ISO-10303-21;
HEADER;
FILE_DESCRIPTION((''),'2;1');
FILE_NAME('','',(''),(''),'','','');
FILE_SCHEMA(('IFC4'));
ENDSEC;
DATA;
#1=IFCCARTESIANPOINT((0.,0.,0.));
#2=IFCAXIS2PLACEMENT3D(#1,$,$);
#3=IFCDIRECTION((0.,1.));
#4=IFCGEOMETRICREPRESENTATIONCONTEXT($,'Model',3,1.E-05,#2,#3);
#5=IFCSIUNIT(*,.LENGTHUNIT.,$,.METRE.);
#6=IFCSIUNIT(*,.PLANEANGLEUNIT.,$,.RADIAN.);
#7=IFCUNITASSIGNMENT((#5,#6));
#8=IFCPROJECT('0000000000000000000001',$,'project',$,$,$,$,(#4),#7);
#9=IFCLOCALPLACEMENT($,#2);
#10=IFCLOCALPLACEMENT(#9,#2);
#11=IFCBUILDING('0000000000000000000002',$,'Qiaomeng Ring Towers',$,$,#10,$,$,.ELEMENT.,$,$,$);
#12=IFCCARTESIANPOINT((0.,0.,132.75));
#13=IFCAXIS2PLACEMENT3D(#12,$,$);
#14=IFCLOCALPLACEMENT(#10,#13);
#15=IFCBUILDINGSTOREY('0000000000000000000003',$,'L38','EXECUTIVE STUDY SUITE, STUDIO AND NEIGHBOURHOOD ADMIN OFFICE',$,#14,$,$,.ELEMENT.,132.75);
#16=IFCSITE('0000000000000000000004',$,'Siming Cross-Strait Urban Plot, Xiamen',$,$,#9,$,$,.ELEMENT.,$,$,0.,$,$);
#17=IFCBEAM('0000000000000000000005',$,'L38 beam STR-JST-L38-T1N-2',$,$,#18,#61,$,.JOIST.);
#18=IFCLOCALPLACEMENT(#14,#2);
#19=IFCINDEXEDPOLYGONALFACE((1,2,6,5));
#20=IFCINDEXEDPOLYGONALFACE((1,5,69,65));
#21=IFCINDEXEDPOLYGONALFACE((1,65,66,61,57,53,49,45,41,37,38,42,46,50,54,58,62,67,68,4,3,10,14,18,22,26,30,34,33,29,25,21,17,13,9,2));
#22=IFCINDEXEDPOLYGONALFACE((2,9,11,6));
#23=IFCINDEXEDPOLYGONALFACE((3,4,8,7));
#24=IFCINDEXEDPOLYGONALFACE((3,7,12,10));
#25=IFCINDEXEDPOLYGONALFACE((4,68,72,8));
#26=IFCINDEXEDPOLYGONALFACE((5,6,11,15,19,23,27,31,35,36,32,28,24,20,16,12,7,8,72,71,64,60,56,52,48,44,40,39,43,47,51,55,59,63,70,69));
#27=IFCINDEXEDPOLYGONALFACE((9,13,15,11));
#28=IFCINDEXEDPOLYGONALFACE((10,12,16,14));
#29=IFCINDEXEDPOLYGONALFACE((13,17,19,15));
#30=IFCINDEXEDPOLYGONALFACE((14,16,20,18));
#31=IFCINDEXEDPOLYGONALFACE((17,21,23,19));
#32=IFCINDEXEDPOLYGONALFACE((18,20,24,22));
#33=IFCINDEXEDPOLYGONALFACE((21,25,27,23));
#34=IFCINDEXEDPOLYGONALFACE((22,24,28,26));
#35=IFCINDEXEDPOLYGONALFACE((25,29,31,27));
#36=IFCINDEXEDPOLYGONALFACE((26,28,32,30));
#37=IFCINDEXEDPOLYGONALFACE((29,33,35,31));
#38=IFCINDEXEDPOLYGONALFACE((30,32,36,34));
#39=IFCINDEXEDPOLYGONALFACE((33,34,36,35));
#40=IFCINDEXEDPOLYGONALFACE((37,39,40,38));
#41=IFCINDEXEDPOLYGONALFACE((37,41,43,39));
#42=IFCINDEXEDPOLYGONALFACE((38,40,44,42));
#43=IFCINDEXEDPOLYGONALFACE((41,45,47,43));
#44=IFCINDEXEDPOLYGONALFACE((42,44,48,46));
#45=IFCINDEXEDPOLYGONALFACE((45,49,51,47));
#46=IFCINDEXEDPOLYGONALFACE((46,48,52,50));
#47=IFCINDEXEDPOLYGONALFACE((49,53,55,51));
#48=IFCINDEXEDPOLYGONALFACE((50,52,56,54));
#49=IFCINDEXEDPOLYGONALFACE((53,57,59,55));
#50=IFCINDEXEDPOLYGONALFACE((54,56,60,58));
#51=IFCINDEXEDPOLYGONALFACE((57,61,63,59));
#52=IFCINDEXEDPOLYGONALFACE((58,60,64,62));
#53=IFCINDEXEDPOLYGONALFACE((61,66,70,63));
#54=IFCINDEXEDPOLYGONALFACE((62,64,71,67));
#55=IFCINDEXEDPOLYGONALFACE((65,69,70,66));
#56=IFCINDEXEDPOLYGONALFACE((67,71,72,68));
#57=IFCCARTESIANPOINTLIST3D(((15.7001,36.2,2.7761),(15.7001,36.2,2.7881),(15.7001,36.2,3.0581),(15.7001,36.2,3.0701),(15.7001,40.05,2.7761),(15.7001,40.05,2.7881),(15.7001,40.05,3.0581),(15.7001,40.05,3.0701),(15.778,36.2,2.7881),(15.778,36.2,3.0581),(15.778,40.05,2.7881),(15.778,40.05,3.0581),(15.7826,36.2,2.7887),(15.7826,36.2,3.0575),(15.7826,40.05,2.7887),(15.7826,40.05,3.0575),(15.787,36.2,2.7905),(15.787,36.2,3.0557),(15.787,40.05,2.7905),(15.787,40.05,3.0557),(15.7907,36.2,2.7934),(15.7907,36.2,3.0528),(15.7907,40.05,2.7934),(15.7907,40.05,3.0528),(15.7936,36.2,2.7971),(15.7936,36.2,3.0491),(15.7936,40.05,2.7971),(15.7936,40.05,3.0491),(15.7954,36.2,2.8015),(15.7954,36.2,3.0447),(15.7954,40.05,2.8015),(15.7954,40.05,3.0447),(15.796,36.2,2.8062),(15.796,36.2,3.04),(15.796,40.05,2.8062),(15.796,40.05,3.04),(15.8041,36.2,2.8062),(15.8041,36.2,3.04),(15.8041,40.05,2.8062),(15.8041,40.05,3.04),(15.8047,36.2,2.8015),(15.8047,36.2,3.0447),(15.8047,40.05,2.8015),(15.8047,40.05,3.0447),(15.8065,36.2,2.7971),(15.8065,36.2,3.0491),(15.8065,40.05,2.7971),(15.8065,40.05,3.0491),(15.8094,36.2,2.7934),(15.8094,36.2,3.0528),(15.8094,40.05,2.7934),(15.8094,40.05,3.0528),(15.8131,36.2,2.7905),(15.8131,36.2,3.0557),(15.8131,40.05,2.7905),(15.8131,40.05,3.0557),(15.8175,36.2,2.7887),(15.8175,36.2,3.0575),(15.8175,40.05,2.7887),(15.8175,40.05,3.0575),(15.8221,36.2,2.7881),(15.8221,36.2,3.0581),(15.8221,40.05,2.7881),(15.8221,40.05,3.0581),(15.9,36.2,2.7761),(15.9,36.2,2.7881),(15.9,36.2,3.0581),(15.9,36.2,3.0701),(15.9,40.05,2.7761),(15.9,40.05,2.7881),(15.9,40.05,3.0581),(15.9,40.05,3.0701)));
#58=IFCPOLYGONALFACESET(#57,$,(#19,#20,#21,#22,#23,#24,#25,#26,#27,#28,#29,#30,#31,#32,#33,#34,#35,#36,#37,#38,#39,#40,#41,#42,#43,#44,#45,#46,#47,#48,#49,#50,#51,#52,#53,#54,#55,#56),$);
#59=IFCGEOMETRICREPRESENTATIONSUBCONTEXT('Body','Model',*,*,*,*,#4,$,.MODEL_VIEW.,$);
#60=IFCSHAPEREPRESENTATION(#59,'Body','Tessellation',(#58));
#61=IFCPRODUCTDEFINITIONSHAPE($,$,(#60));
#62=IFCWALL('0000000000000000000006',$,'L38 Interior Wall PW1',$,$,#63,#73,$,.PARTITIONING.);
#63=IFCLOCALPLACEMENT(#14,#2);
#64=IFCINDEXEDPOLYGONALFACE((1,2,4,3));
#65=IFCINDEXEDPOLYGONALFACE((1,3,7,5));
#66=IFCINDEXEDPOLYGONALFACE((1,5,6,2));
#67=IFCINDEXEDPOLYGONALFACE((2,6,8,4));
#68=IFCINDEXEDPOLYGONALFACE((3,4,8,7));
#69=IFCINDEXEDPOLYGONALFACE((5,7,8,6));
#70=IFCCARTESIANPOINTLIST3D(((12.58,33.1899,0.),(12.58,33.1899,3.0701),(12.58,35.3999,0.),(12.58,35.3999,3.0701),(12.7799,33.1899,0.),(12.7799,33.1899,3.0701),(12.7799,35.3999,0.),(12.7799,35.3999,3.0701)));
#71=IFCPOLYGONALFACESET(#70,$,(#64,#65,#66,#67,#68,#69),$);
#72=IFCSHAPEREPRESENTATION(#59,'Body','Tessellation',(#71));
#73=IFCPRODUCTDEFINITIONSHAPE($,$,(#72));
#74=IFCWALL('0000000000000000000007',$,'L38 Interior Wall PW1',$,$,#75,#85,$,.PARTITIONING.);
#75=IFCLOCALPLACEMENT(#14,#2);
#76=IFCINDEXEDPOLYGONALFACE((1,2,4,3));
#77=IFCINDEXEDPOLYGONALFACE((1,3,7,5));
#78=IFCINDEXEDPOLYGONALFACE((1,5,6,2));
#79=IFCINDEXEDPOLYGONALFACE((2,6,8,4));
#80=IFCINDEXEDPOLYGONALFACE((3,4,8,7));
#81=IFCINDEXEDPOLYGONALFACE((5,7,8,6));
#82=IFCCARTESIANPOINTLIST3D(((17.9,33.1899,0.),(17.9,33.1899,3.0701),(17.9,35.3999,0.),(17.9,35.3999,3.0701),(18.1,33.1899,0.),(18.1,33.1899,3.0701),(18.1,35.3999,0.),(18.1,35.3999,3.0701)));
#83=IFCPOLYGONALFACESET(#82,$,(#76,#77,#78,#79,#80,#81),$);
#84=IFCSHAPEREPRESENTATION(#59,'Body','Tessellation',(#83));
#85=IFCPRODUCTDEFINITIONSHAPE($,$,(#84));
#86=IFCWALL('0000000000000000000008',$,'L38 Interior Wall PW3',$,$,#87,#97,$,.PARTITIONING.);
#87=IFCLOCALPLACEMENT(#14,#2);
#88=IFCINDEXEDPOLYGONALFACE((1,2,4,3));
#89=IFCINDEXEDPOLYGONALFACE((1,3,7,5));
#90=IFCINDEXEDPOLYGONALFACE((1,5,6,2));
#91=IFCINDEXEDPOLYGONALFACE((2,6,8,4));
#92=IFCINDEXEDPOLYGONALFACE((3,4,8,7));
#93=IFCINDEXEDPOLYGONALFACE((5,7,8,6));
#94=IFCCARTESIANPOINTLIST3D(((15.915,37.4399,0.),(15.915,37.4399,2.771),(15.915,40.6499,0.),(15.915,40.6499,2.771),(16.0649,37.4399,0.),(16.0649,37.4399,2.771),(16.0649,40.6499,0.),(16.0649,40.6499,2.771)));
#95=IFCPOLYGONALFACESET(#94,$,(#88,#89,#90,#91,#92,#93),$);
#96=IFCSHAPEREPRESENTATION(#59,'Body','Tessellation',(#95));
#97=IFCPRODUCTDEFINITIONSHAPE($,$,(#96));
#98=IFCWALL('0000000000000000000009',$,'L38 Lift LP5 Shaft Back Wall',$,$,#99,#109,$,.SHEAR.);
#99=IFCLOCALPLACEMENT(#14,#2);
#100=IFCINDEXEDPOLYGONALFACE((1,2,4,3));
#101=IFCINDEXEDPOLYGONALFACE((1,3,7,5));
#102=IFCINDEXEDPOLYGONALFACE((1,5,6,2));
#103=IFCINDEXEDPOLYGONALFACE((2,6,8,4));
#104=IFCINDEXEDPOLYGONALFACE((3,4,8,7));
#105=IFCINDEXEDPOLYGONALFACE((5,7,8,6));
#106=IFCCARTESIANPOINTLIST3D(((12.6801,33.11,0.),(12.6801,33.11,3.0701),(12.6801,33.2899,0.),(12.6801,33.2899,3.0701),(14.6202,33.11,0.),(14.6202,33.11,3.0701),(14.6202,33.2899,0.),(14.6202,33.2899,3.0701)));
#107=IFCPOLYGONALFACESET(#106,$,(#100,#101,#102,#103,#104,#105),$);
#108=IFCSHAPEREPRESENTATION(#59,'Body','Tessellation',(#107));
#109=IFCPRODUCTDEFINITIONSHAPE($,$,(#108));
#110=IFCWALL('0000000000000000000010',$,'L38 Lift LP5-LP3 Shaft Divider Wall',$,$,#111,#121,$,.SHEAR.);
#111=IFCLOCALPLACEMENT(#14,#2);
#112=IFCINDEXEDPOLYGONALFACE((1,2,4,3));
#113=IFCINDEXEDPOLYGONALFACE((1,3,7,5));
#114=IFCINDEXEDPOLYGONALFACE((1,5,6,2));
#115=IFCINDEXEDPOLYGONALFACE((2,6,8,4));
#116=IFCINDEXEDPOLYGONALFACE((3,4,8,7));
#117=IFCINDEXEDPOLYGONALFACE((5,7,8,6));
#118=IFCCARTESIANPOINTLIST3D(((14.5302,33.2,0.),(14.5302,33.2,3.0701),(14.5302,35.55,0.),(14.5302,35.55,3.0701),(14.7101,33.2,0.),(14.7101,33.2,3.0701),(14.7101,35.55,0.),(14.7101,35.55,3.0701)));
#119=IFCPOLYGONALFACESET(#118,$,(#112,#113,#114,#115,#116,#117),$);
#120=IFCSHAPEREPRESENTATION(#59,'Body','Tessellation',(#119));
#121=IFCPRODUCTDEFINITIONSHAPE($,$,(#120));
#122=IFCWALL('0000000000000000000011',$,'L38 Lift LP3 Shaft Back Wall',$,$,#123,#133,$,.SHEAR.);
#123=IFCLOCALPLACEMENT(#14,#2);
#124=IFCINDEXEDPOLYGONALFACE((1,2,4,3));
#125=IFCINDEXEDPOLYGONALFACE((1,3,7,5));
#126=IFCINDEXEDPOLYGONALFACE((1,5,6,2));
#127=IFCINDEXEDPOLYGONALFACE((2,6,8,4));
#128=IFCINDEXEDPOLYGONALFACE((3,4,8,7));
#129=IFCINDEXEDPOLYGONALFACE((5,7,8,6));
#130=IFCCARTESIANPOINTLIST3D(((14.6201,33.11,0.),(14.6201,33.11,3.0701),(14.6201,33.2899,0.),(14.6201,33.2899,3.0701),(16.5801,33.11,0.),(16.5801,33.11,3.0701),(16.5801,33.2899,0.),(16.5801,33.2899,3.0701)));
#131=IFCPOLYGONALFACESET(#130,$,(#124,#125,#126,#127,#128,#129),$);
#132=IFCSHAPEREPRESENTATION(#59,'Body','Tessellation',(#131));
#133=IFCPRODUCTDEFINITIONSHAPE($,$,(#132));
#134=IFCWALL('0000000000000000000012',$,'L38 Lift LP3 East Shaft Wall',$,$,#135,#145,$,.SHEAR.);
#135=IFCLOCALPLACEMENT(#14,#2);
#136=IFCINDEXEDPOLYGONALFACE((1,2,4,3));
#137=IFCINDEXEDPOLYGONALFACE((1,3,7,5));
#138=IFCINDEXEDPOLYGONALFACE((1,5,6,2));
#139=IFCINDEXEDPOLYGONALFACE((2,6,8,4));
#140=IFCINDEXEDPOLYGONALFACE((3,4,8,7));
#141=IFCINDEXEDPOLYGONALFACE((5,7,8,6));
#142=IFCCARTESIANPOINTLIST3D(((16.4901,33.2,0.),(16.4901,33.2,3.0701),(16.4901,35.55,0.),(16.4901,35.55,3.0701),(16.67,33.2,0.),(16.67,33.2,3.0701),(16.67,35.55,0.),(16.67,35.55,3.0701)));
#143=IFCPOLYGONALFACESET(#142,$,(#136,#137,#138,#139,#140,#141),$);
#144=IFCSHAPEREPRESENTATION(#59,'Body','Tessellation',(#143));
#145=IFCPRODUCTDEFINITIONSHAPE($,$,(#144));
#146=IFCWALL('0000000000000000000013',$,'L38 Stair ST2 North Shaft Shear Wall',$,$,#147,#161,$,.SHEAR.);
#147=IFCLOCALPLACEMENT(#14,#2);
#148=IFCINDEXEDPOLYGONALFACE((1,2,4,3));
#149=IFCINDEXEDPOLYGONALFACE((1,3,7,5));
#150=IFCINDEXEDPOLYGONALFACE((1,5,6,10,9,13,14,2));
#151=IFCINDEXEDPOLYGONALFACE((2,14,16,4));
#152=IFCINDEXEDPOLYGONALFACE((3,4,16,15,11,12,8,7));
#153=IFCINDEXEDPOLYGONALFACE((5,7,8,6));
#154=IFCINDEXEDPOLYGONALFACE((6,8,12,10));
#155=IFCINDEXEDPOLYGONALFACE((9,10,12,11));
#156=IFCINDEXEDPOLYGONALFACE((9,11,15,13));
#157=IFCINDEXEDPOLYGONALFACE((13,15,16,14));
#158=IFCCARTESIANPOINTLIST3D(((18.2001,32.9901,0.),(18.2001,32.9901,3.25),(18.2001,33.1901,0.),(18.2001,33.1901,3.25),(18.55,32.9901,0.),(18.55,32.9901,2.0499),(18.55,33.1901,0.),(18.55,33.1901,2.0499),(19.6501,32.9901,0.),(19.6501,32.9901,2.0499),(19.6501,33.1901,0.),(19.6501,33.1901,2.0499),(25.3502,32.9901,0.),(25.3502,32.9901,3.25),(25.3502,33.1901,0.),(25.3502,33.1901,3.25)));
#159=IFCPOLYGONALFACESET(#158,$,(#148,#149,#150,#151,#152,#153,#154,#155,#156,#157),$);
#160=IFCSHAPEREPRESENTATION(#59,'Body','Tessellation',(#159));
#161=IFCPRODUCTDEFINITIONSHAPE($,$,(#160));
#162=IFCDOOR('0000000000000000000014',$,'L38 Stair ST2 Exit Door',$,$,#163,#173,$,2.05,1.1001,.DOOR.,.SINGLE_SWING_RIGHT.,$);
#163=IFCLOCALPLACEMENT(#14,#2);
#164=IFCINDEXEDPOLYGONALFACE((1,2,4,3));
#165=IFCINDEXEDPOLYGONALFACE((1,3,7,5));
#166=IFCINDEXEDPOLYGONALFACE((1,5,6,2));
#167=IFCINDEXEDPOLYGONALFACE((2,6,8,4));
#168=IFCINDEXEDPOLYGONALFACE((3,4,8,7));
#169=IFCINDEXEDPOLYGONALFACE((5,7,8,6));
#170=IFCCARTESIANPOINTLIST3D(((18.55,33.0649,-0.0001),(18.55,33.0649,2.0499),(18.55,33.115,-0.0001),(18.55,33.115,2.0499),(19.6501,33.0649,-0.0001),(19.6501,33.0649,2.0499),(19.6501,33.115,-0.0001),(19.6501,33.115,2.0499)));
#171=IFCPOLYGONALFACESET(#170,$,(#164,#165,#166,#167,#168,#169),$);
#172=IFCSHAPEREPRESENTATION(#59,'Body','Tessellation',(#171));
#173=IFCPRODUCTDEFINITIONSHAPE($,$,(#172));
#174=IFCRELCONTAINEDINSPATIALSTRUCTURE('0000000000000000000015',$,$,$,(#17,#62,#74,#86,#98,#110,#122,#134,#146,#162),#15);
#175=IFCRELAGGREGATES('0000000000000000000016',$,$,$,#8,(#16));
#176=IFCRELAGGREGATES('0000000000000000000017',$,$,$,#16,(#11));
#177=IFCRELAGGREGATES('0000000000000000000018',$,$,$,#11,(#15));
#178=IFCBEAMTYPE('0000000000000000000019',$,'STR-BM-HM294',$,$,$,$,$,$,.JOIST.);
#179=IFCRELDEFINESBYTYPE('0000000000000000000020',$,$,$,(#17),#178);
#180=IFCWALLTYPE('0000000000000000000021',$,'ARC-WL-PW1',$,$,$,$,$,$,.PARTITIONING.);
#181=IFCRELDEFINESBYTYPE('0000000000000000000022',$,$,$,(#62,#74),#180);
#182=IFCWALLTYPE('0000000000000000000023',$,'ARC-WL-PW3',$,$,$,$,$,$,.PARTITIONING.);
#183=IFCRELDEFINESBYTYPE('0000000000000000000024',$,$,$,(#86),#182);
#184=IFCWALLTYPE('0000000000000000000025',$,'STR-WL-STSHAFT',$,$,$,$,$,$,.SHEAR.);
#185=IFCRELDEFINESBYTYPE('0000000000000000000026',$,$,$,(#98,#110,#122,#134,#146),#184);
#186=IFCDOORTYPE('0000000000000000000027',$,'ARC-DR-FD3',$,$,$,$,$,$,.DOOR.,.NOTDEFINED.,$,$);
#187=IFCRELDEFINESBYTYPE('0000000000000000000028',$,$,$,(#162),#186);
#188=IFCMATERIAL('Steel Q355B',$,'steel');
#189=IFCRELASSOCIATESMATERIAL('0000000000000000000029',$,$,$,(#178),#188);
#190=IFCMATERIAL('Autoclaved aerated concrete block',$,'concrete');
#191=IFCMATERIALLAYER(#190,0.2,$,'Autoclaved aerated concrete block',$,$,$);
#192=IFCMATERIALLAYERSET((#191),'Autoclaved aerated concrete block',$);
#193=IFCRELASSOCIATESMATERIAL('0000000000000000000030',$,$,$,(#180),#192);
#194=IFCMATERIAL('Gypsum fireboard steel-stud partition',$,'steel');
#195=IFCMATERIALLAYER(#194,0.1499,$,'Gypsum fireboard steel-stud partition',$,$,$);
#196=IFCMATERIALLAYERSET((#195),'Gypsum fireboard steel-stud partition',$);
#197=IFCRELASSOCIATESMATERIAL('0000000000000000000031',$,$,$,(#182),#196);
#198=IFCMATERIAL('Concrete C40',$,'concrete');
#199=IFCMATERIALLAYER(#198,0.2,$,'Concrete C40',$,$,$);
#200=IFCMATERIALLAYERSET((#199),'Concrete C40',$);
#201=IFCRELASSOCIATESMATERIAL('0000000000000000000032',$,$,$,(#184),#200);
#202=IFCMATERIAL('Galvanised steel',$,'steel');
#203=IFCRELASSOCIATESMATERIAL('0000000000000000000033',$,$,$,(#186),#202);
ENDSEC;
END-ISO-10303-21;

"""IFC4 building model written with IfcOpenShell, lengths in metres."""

from ifc_helpers import new_model, si_unit, direction, frame, frame_2d, origin, origin_2d, place, context, subcontext, project, spatial, rectangle, i_section, extrude, source, transform, mapped, material, layer, layer_set, material_profile, profile_set, type_object, element, fill, save


model = new_model("IFC4")

# Units and contexts
model_context = context("Model", 3, precision=1e-05, world=origin(), true_north=direction((0.0, 1.0)))
body_context = subcontext(model_context, "Body", "Model", "MODEL_VIEW")
ifc_project = project(units=[si_unit("LENGTHUNIT", "METRE"), si_unit("PLANEANGLEUNIT", "RADIAN")], contexts=[model_context])

# Site, building, storey
site_placement = place(None, origin())
site = spatial("IfcSite", under=ifc_project, at=site_placement, Name="Siming Cross-Strait Urban Plot, Xiamen", CompositionType="ELEMENT", RefElevation=0.0)
building_placement = place(site_placement, origin())
building = spatial("IfcBuilding", under=site, at=building_placement, Name="Qiaomeng Ring Towers", CompositionType="ELEMENT")
storey_placement = place(building_placement, frame((0.0, 0.0, 132.75)))
storey = spatial("IfcBuildingStorey", under=building, at=storey_placement, Name="L38", Description="EXECUTIVE STUDY SUITE, STUDIO AND NEIGHBOURHOOD ADMIN OFFICE", CompositionType="ELEMENT", Elevation=132.75)

# Beam
ifc_material_1 = material(Name="Steel Q355B", Category="steel")
ifc_material_profile = material_profile(ifc_material_1, i_section(OverallWidth=0.2, OverallDepth=0.2939, WebThickness=0.0081, FlangeThickness=0.012, FilletRadius=0.0181, at=origin_2d()), Name="HM 294x200x8x12")
ifc_profile_set = profile_set([ifc_material_profile], Name="Steel Q355B")
beam_type = type_object("IfcBeamType", Name="STR-BM-HM294", PredefinedType="JOIST", material=ifc_profile_set)
shared_shape_1 = source(origin(), body_context, "Body", "SweptSolid", [
    extrude(i_section(OverallWidth=0.2, OverallDepth=0.2939, WebThickness=0.0081, FlangeThickness=0.012, FilletRadius=0.0181, at=origin_2d()), origin(), (0.0, 0.0, 1.0), 3.8501),
])
beam_placement = place(storey_placement, frame((15.8, 36.2, 2.9231), z_axis=(0.0, 1.0, 0.0), x_axis=(-1.0, 0.0, 0.0)))
element("IfcBeam", 1, at=beam_placement, inside=storey, type_object=beam_type, Name="L38 beam STR-JST-L38-T1N-2", PredefinedType="JOIST", context=body_context, shape_type="MappedRepresentation", body=[
    mapped(shared_shape_1, transform((0.0, 0.0, 0.0), x_axis=(1.0, 0.0, 0.0), y_axis=(0.0, 1.0, 0.0), z_axis=(0.0, 0.0, 1.0), scale=1.0)),
])

# Walls
ifc_material_2 = material(Name="Autoclaved aerated concrete block", Category="concrete")
ifc_layer_1 = layer(ifc_material_2, 0.2, Name="Autoclaved aerated concrete block")
ifc_layer_set_1 = layer_set([ifc_layer_1], Name="Autoclaved aerated concrete block")
wall_type_1 = type_object("IfcWallType", Name="ARC-WL-PW1", PredefinedType="PARTITIONING", material=ifc_layer_set_1)
for number, where, z_axis, x_axis, name in (
    (2, (12.6799, 33.1899, 0.0), (0.0, 0.0, 1.0), (0.0, 1.0, 0.0), "L38 Interior Wall PW1"),
    (3, (18.0, 33.1899, 0.0), (0.0, 0.0, 1.0), (0.0, 1.0, 0.0), "L38 Interior Wall PW1"),
):
    element("IfcWall", number, at=place(storey_placement, frame(where, z_axis=z_axis, x_axis=x_axis)), inside=storey, type_object=wall_type_1, Name=name, PredefinedType="PARTITIONING", context=body_context, shape_type="SweptSolid", body=[
        extrude(rectangle(XDim=2.21, YDim=0.2, at=frame_2d((1.105, 0.0))), origin(), (0.0, 0.0, 1.0), 3.0701),
    ])
ifc_material_3 = material(Name="Gypsum fireboard steel-stud partition", Category="steel")
ifc_layer_2 = layer(ifc_material_3, 0.1499, Name="Gypsum fireboard steel-stud partition")
ifc_layer_set_2 = layer_set([ifc_layer_2], Name="Gypsum fireboard steel-stud partition")
wall_type_2 = type_object("IfcWallType", Name="ARC-WL-PW3", PredefinedType="PARTITIONING", material=ifc_layer_set_2)
wall_1_placement = place(storey_placement, frame((15.99, 37.4399, 0.0), z_axis=(0.0, 0.0, 1.0), x_axis=(0.0, 1.0, 0.0)))
element("IfcWall", 4, at=wall_1_placement, inside=storey, type_object=wall_type_2, Name="L38 Interior Wall PW3", PredefinedType="PARTITIONING", context=body_context, shape_type="SweptSolid", body=[
    extrude(rectangle(XDim=3.21, YDim=0.1499, at=frame_2d((1.605, 0.0))), origin(), (0.0, 0.0, 1.0), 2.771),
])
ifc_material_4 = material(Name="Concrete C40", Category="concrete")
ifc_layer_3 = layer(ifc_material_4, 0.2, Name="Concrete C40")
ifc_layer_set_3 = layer_set([ifc_layer_3], Name="Concrete C40")
wall_type_3 = type_object("IfcWallType", Name="STR-WL-STSHAFT", PredefinedType="SHEAR", material=ifc_layer_set_3)
wall_2_placement = place(storey_placement, frame((12.6799, 33.2, 0.0), z_axis=(0.0, 0.0, 1.0), x_axis=(1.0, 0.0, 0.0)))
element("IfcWall", 5, at=wall_2_placement, inside=storey, type_object=wall_type_3, Name="L38 Lift LP5 Shaft Back Wall", PredefinedType="SHEAR", context=body_context, shape_type="SweptSolid", body=[
    extrude(rectangle(XDim=1.9402, YDim=0.1799, at=frame_2d((0.9702, 0.0))), origin(), (0.0, 0.0, 1.0), 3.0701),
])
wall_3_placement = place(storey_placement, frame((14.6201, 33.2, 0.0), z_axis=(0.0, 0.0, 1.0), x_axis=(0.0, 1.0, 0.0)))
element("IfcWall", 6, at=wall_3_placement, inside=storey, type_object=wall_type_3, Name="L38 Lift LP5-LP3 Shaft Divider Wall", PredefinedType="SHEAR", context=body_context, shape_type="SweptSolid", body=[
    extrude(rectangle(XDim=2.3501, YDim=0.1799, at=frame_2d((1.175, 0.0))), origin(), (0.0, 0.0, 1.0), 3.0701),
])
wall_4_placement = place(storey_placement, frame((14.6201, 33.2, 0.0), z_axis=(0.0, 0.0, 1.0), x_axis=(1.0, 0.0, 0.0)))
element("IfcWall", 7, at=wall_4_placement, inside=storey, type_object=wall_type_3, Name="L38 Lift LP3 Shaft Back Wall", PredefinedType="SHEAR", context=body_context, shape_type="SweptSolid", body=[
    extrude(rectangle(XDim=1.96, YDim=0.1799, at=frame_2d((0.98, 0.0))), origin(), (0.0, 0.0, 1.0), 3.0701),
])
wall_5_placement = place(storey_placement, frame((16.5801, 33.2, 0.0), z_axis=(0.0, 0.0, 1.0), x_axis=(0.0, 1.0, 0.0)))
element("IfcWall", 8, at=wall_5_placement, inside=storey, type_object=wall_type_3, Name="L38 Lift LP3 East Shaft Wall", PredefinedType="SHEAR", context=body_context, shape_type="SweptSolid", body=[
    extrude(rectangle(XDim=2.3501, YDim=0.1799, at=frame_2d((1.175, 0.0))), origin(), (0.0, 0.0, 1.0), 3.0701),
])

# Wall, opening, door
wall_6_placement = place(storey_placement, frame((18.2, 33.0901, 0.0), z_axis=(0.0, 0.0, 1.0), x_axis=(1.0, 0.0, 0.0)))
wall_6 = element("IfcWall", 9, at=wall_6_placement, inside=storey, type_object=wall_type_3, Name="L38 Stair ST2 North Shaft Shear Wall", PredefinedType="SHEAR", context=body_context, shape_type="SweptSolid", body=[
    extrude(rectangle(XDim=7.1501, YDim=0.2, at=frame_2d((3.5752, 0.0))), origin(), (0.0, 0.0, 1.0), 3.25),
])
opening_placement = place(wall_6_placement, frame((0.3501, 0.0, 0.0)))
opening = element("IfcOpeningElement", 10, at=opening_placement, cuts=wall_6, PredefinedType="OPENING", context=body_context, shape_type="SweptSolid", body=[
    extrude(rectangle(XDim=1.1001, YDim=2.05, at=frame_2d((0.55, 1.0249))), frame((0.0, 0.1099, 0.0), z_axis=(0.0, -1.0, 0.0), x_axis=(1.0, 0.0, 0.0)), (0.0, 0.0, 1.0), 0.22),
])
ifc_material_5 = material(Name="Galvanised steel", Category="steel")
door_type = type_object("IfcDoorType", Name="ARC-DR-FD3", OperationType="NOTDEFINED", PredefinedType="DOOR", material=ifc_material_5)
shared_shape_2 = source(origin(), body_context, "Body", "SweptSolid", [
    extrude(rectangle(XDim=1.1001, YDim=2.05, at=frame_2d((0.55, 1.0249))), frame((0.0, 0.0249, 0.0), z_axis=(0.0, -1.0, 0.0), x_axis=(1.0, 0.0, 0.0)), (0.0, 0.0, 1.0), 0.05),
])
door_placement = place(opening_placement, origin())
door = element("IfcDoor", 11, at=door_placement, inside=storey, type_object=door_type, Name="L38 Stair ST2 Exit Door", OperationType="SINGLE_SWING_RIGHT", OverallHeight=2.05, OverallWidth=1.1001, PredefinedType="DOOR", context=body_context, shape_type="MappedRepresentation", body=[
    mapped(shared_shape_2, transform((0.0, 0.0, 0.0), x_axis=(1.0, 0.0, 0.0), y_axis=(0.0, 1.0, 0.0), z_axis=(0.0, 0.0, 1.0), scale=1.0)),
])
fill(opening, door)

save(model, "model.ifc")
